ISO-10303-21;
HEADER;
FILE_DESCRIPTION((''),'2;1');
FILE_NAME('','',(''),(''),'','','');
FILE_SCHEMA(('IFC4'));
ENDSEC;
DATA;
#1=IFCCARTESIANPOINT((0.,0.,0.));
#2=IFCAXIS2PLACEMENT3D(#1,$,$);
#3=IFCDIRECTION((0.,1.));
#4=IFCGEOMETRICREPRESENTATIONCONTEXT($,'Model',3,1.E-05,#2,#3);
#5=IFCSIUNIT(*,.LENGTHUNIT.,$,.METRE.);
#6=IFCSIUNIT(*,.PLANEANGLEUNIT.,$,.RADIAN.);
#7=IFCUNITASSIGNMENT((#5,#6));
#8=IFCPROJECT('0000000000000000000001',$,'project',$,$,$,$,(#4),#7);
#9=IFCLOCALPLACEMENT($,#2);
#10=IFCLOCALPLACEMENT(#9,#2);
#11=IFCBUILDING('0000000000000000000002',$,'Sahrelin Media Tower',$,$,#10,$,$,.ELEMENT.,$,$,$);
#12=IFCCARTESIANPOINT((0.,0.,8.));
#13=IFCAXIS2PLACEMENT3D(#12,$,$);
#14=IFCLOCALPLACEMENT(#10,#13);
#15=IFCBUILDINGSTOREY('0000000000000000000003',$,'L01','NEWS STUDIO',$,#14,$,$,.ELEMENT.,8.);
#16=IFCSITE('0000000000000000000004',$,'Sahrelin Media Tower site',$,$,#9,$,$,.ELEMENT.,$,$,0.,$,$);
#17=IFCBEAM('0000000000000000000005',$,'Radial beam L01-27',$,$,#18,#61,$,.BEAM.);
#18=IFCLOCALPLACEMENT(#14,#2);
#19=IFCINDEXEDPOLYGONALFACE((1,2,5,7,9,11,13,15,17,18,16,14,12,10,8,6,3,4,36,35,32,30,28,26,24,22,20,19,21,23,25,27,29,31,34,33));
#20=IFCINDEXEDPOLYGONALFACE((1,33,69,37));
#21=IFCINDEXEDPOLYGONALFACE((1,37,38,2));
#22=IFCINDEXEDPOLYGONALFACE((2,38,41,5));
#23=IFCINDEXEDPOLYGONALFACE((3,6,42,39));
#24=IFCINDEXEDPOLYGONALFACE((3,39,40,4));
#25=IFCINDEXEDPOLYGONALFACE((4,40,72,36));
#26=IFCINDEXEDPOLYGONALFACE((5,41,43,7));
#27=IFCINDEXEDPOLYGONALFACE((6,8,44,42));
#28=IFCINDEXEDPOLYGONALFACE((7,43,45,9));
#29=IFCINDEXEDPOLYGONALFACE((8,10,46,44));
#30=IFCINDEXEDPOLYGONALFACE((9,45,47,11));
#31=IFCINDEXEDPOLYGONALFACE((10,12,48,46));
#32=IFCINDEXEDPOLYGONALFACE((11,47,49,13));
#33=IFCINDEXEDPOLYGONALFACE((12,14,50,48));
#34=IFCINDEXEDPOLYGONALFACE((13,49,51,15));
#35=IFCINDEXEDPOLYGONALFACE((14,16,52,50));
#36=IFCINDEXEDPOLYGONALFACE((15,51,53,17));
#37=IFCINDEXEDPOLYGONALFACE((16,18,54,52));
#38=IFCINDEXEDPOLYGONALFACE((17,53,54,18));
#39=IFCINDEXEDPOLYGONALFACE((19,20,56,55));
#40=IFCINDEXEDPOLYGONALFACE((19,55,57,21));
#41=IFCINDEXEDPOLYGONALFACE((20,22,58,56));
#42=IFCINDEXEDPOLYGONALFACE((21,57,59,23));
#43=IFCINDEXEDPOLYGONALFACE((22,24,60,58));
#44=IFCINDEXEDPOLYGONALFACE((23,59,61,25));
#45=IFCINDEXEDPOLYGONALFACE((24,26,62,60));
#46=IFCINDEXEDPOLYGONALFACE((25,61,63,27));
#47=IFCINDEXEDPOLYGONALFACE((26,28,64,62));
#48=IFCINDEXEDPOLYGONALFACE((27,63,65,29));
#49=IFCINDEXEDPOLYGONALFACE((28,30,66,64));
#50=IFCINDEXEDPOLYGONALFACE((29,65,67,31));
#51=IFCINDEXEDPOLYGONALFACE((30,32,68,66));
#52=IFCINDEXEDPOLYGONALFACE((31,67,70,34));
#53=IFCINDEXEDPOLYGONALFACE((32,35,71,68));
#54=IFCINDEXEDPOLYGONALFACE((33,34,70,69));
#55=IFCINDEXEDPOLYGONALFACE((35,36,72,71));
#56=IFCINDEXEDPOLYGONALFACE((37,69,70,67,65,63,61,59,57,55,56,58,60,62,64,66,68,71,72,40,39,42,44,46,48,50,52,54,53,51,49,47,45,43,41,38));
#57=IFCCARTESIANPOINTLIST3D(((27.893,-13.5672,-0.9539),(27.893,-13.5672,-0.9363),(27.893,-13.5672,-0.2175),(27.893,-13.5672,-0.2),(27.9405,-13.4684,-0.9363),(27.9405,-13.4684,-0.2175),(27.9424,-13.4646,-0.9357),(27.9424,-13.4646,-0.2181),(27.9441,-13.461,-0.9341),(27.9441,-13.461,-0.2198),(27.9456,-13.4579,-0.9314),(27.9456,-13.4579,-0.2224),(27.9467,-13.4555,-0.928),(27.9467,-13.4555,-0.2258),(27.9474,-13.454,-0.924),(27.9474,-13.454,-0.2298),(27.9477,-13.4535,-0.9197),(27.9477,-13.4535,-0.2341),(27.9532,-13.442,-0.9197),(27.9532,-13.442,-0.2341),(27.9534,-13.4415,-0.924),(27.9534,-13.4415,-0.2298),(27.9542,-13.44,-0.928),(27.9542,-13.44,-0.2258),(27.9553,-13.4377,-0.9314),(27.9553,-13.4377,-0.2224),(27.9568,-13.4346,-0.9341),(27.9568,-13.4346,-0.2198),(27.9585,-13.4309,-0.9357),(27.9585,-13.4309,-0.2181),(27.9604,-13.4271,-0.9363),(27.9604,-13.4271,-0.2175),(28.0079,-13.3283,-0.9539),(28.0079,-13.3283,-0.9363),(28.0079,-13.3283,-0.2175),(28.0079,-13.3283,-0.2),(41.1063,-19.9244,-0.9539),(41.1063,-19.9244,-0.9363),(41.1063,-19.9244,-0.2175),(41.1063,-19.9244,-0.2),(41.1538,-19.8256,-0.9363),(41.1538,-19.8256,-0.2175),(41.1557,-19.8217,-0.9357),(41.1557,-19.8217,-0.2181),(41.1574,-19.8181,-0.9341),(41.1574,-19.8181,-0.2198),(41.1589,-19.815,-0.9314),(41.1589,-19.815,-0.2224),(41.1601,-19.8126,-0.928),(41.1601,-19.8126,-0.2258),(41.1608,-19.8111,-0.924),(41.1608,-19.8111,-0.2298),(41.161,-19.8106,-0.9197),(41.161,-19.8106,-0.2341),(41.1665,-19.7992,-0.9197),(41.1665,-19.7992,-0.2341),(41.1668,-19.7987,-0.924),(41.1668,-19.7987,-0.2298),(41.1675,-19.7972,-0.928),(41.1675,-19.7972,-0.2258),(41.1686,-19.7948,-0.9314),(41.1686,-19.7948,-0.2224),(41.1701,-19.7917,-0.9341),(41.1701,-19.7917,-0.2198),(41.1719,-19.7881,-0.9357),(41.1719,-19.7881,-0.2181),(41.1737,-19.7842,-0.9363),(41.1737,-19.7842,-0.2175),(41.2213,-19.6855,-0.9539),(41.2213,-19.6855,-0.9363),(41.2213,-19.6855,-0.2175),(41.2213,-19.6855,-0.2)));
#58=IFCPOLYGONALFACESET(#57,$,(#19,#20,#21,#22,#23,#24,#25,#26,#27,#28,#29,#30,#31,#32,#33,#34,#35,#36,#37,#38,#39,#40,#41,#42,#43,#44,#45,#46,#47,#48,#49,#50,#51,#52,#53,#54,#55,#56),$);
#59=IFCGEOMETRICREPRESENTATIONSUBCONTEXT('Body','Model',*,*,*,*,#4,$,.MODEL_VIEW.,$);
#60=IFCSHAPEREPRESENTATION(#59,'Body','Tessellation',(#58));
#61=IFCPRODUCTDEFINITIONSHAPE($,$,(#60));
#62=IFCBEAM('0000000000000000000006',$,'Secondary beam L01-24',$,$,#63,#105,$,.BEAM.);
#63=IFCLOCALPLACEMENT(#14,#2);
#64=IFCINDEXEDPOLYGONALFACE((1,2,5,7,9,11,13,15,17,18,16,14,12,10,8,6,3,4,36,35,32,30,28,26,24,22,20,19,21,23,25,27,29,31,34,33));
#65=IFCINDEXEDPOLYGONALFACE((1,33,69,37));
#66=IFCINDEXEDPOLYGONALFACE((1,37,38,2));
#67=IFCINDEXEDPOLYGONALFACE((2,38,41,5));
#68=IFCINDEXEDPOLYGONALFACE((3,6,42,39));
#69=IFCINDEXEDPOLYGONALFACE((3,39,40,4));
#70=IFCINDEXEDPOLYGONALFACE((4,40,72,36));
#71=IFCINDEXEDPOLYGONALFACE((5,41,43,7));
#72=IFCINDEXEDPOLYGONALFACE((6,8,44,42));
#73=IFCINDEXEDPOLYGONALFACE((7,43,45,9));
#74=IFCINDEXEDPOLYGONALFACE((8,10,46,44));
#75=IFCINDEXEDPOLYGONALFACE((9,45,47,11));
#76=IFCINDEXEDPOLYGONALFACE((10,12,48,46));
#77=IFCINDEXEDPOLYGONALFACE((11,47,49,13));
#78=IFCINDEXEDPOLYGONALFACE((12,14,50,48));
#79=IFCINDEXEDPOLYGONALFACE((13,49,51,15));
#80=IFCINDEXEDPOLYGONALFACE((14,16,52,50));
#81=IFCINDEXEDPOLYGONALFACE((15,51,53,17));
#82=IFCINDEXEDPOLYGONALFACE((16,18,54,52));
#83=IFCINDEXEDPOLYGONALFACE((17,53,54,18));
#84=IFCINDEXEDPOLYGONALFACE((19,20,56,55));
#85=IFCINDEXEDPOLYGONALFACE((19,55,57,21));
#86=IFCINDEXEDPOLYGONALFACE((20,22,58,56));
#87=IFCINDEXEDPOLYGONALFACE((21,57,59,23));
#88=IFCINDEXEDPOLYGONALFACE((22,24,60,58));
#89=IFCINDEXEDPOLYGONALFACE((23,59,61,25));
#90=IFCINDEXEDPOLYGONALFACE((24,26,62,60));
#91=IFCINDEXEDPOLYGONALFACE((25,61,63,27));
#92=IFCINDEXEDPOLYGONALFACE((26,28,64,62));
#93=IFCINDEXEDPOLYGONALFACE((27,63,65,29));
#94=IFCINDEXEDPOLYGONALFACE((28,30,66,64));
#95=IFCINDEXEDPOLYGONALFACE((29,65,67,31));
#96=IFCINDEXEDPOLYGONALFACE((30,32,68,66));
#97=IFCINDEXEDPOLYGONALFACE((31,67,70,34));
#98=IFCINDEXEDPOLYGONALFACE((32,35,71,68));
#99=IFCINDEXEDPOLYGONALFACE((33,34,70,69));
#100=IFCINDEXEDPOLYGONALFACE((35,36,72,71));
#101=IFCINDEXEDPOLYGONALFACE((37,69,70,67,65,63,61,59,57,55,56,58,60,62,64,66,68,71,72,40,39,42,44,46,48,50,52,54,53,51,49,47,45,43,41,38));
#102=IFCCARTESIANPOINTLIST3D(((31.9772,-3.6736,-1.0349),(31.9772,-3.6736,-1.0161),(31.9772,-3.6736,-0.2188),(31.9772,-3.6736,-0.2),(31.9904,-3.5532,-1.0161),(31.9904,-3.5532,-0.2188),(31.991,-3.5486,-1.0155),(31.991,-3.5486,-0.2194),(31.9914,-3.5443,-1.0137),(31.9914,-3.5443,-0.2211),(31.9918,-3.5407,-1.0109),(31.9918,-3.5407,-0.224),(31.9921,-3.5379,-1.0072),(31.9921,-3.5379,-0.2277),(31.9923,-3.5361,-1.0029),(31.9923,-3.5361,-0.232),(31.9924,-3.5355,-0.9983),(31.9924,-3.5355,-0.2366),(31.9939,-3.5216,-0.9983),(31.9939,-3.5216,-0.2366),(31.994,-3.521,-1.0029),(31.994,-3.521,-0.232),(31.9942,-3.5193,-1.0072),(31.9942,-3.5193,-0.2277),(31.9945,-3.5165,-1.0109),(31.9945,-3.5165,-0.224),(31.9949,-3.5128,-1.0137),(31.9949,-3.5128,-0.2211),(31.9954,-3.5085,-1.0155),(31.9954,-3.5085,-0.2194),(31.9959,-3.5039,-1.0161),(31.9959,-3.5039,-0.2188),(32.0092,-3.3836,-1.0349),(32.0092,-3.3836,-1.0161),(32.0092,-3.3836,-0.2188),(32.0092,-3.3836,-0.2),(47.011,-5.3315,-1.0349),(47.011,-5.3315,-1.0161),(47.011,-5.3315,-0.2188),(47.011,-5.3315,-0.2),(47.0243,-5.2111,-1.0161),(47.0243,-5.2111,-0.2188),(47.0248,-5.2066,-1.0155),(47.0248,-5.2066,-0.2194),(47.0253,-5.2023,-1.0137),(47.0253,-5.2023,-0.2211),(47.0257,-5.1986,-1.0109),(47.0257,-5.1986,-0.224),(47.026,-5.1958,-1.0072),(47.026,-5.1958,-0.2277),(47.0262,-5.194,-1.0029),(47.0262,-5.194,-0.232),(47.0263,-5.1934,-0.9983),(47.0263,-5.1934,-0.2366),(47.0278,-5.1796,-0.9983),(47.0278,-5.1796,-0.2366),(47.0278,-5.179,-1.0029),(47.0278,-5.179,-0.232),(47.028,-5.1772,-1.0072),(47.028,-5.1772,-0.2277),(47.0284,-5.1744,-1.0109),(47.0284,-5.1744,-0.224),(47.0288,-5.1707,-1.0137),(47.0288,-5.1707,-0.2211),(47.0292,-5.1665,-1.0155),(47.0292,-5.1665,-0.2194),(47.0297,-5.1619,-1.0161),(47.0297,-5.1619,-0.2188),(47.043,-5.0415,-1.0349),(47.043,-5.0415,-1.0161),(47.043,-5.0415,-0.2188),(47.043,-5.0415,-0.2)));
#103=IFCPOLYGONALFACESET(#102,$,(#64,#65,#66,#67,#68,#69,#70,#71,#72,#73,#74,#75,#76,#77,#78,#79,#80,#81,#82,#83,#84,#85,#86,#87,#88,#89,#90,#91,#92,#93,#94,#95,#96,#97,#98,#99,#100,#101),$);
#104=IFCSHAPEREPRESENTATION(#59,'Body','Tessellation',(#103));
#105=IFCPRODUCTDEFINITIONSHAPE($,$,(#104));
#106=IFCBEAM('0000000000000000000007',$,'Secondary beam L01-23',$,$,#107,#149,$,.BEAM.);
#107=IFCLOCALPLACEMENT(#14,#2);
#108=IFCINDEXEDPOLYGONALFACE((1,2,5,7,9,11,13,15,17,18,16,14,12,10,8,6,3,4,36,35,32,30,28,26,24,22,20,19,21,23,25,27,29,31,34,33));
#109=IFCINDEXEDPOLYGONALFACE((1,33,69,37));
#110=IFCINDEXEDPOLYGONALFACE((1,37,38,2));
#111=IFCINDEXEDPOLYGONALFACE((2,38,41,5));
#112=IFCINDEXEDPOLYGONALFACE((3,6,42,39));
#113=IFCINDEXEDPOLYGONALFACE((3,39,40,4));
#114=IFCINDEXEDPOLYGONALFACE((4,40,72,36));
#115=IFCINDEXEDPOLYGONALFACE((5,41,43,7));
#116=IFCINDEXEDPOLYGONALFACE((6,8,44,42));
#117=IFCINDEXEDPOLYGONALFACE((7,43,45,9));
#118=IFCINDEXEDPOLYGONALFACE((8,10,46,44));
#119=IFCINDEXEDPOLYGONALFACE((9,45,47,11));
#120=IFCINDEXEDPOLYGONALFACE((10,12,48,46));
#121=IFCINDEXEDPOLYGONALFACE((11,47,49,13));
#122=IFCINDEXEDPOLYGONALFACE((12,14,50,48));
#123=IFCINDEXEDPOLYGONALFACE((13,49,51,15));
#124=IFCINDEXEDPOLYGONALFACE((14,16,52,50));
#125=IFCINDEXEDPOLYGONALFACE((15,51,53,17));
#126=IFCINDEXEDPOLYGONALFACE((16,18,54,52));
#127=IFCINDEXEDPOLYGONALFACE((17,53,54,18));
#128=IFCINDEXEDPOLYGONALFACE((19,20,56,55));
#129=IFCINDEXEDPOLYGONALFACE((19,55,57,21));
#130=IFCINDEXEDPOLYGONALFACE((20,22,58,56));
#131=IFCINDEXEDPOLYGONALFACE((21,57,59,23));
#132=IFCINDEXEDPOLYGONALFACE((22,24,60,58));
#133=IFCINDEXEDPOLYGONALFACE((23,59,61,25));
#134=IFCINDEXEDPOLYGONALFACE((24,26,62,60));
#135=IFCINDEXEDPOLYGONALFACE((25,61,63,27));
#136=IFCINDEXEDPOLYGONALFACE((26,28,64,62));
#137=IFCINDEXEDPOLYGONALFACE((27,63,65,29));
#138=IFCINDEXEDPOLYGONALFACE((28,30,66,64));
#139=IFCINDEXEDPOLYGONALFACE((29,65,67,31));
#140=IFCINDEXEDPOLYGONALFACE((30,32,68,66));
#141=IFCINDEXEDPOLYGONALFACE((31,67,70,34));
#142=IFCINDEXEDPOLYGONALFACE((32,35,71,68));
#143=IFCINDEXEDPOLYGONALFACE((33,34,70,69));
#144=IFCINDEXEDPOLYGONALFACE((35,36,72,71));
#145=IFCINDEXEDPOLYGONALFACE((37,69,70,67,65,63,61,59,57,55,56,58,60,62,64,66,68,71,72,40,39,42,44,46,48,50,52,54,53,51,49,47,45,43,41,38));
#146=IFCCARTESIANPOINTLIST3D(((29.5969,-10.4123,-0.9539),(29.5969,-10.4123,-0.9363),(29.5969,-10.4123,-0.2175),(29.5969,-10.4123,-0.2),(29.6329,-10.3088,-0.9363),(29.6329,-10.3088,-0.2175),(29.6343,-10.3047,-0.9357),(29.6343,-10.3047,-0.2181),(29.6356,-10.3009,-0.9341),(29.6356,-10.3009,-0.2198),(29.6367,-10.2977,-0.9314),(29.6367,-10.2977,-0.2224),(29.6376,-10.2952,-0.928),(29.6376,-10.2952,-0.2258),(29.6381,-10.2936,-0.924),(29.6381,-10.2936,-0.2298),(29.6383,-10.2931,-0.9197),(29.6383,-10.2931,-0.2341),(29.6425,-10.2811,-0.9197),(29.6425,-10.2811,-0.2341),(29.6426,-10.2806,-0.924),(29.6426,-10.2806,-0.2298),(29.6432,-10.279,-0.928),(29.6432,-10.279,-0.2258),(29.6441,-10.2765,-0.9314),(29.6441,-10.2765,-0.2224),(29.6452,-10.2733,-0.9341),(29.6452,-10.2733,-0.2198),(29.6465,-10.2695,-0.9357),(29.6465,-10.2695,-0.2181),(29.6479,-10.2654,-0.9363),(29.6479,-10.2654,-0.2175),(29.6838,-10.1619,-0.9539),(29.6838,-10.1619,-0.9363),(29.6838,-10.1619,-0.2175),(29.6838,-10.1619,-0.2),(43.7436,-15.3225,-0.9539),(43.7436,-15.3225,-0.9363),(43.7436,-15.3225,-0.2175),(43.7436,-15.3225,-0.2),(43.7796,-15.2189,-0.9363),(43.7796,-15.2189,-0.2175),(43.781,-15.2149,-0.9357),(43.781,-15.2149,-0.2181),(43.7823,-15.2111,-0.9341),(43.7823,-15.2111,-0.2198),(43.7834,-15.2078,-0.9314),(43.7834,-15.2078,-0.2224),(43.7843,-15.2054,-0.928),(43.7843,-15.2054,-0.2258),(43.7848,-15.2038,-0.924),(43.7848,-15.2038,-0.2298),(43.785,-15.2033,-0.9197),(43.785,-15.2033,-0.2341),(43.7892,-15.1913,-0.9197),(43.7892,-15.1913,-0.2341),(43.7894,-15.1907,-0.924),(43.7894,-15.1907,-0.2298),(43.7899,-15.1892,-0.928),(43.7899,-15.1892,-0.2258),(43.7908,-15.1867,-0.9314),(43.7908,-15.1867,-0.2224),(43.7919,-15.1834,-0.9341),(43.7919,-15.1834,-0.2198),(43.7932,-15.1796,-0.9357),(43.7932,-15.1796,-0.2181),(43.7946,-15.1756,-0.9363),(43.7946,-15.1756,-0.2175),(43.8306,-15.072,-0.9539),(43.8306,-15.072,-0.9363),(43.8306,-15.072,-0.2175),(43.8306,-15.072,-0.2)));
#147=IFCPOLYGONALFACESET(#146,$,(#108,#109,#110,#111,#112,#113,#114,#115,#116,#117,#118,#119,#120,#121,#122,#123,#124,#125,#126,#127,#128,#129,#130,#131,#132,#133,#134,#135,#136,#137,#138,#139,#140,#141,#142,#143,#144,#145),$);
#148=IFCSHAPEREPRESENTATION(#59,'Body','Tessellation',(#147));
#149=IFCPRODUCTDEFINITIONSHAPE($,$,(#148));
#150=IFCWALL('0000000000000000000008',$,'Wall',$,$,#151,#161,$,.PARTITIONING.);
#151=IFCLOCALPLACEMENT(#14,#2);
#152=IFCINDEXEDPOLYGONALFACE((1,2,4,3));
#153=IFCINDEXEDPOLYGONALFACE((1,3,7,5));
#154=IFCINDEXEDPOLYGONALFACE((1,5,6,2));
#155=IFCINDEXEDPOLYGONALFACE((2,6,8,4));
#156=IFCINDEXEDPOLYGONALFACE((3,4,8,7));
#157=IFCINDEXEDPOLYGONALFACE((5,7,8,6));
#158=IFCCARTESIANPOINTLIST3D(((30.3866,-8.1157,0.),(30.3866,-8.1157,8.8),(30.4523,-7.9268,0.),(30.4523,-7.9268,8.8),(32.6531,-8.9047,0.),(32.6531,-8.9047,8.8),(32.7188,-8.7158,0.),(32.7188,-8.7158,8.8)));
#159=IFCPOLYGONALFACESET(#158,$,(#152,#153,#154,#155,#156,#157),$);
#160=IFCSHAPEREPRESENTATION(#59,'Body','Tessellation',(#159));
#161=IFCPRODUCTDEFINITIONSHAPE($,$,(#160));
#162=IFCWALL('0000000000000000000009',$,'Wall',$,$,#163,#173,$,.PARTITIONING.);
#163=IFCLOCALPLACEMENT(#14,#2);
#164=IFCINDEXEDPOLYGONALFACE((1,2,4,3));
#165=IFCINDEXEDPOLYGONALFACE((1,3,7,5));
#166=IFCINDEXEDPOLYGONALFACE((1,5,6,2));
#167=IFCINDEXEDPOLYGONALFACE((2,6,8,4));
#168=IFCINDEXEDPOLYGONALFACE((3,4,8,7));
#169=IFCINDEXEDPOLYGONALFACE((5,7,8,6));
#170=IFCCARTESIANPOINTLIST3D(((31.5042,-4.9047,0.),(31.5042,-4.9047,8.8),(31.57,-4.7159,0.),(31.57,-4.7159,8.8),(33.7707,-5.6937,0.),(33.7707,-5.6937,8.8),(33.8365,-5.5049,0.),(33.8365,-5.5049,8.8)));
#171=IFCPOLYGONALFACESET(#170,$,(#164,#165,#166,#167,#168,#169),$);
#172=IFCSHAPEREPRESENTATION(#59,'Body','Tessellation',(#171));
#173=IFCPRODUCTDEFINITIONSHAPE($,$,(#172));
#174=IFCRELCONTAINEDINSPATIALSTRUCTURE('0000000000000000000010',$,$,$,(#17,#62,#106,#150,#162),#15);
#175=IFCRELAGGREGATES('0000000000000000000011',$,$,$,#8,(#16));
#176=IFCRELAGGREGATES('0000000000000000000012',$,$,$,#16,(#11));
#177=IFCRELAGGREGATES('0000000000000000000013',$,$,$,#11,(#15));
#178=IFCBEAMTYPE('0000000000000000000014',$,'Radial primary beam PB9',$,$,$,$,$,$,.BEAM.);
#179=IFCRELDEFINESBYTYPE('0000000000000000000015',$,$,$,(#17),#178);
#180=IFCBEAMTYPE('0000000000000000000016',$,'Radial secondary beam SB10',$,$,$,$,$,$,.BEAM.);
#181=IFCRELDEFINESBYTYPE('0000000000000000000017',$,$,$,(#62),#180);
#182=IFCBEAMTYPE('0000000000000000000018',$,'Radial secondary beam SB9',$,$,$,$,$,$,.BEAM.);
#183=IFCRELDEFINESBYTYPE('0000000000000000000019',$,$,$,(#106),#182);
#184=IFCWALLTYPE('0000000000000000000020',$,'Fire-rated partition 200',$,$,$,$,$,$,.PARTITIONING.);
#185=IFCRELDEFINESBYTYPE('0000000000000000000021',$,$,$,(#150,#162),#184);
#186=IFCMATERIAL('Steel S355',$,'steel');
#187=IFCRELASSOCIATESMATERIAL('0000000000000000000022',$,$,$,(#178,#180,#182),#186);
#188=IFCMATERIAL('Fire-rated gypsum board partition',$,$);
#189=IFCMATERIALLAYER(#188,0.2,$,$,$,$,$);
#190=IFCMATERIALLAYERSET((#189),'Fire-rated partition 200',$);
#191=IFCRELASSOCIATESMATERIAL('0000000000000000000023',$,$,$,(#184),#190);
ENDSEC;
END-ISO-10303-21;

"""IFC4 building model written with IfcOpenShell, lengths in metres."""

from ifc_helpers import new_model, si_unit, direction, frame, frame_2d, origin, origin_2d, place, context, subcontext, project, spatial, rectangle, i_section, extrude, material, layer, layer_set, material_profile, profile_set, type_object, element, save


model = new_model("IFC4")

# Units and contexts
model_context = context("Model", 3, precision=1e-05, world=origin(), true_north=direction((0.0, 1.0)))
body_context = subcontext(model_context, "Body", "Model", "MODEL_VIEW")
ifc_project = project(units=[si_unit("LENGTHUNIT", "METRE"), si_unit("PLANEANGLEUNIT", "RADIAN")], contexts=[model_context])

# Site, building, storey
site_placement = place(None, origin())
site = spatial("IfcSite", under=ifc_project, at=site_placement, Name="Sahrelin Media Tower site", CompositionType="ELEMENT", RefElevation=0.0)
building_placement = place(site_placement, origin())
building = spatial("IfcBuilding", under=site, at=building_placement, Name="Sahrelin Media Tower", CompositionType="ELEMENT")
storey_placement = place(building_placement, frame((0.0, 0.0, 8.0)))
storey = spatial("IfcBuildingStorey", under=building, at=storey_placement, Name="L01", Description="NEWS STUDIO", CompositionType="ELEMENT", Elevation=8.0)

# Beams
ifc_material_1 = material(Name="Steel S355", Category="steel")
ifc_material_profile_1 = material_profile(ifc_material_1, i_section(OverallWidth=0.2651, OverallDepth=0.7539, WebThickness=0.0127, FlangeThickness=0.0176, FilletRadius=0.0166, at=origin_2d()), Name="UB 762x267x147")
ifc_profile_set_1 = profile_set([ifc_material_profile_1], Name="Steel S355")
beam_type_1 = type_object("IfcBeamType", Name="Radial primary beam PB9", PredefinedType="BEAM", material=ifc_profile_set_1)
beam_1_placement = place(storey_placement, frame((27.9504, -13.4478, -0.5769), z_axis=(0.90113, -0.433549, 0.0), x_axis=(0.433549, 0.90113, 0.0)))
element("IfcBeam", 1, at=beam_1_placement, inside=storey, type_object=beam_type_1, Name="Radial beam L01-27", PredefinedType="BEAM", context=body_context, shape_type="SweptSolid", body=[
    extrude(i_section(OverallWidth=0.2651, OverallDepth=0.7539, WebThickness=0.0127, FlangeThickness=0.0176, FilletRadius=0.0166, at=origin_2d()), origin(), (0.0, 0.0, 1.0), 14.6631),
])
ifc_material_profile_2 = material_profile(ifc_material_1, i_section(OverallWidth=0.2917, OverallDepth=0.835, WebThickness=0.0139, FlangeThickness=0.0188, FilletRadius=0.0178, at=origin_2d()), Name="UB 838x292x176")
ifc_profile_set_2 = profile_set([ifc_material_profile_2], Name="Steel S355")
beam_type_2 = type_object("IfcBeamType", Name="Radial secondary beam SB10", PredefinedType="BEAM", material=ifc_profile_set_2)
beam_2_placement = place(storey_placement, frame((31.9932, -3.5286, -0.6174), z_axis=(0.993974, -0.109617, 0.0), x_axis=(0.109617, 0.993974, 0.0)))
element("IfcBeam", 2, at=beam_2_placement, inside=storey, type_object=beam_type_2, Name="Secondary beam L01-24", PredefinedType="BEAM", context=body_context, shape_type="SweptSolid", body=[
    extrude(i_section(OverallWidth=0.2917, OverallDepth=0.835, WebThickness=0.0139, FlangeThickness=0.0188, FilletRadius=0.0178, at=origin_2d()), origin(), (0.0, 0.0, 1.0), 15.125),
])
ifc_material_profile_3 = material_profile(ifc_material_1, i_section(OverallWidth=0.2651, OverallDepth=0.7539, WebThickness=0.0127, FlangeThickness=0.0176, FilletRadius=0.0166, at=origin_2d()), Name="UB 762x267x147")
ifc_profile_set_3 = profile_set([ifc_material_profile_3], Name="Steel S355")
beam_type_3 = type_object("IfcBeamType", Name="Radial secondary beam SB9", PredefinedType="BEAM", material=ifc_profile_set_3)
beam_3_placement = place(storey_placement, frame((29.6404, -10.2871, -0.5769), z_axis=(0.944713, -0.327898, 0.0), x_axis=(0.327898, 0.944713, 0.0)))
element("IfcBeam", 3, at=beam_3_placement, inside=storey, type_object=beam_type_3, Name="Secondary beam L01-23", PredefinedType="BEAM", context=body_context, shape_type="SweptSolid", body=[
    extrude(i_section(OverallWidth=0.2651, OverallDepth=0.7539, WebThickness=0.0127, FlangeThickness=0.0176, FilletRadius=0.0166, at=origin_2d()), origin(), (0.0, 0.0, 1.0), 14.9746),
])

# Walls
ifc_material_2 = material(Name="Fire-rated gypsum board partition")
ifc_layer_1 = layer(ifc_material_2, 0.2)
ifc_layer_set_1 = layer_set([ifc_layer_1], Name="Fire-rated partition 200")
wall_type_1 = type_object("IfcWallType", Name="Fire-rated partition 200", PredefinedType="PARTITIONING", material=ifc_layer_set_1)
for number, where, z_axis, x_axis, name in (
    (4, (30.4194, -8.0212, 0.0), (0.0, 0.0, 1.0), (0.944409, -0.328773, 0.0), "Wall"),
    (5, (31.5371, -4.8103, 0.0), (0.0, 0.0, 1.0), (0.944409, -0.328773, 0.0), "Wall"),
):
    element("IfcWall", number, at=place(storey_placement, frame(where, z_axis=z_axis, x_axis=x_axis)), inside=storey, type_object=wall_type_1, Name=name, PredefinedType="PARTITIONING", context=body_context, shape_type="SweptSolid", body=[
        extrude(rectangle(XDim=2.3999, YDim=0.2, at=frame_2d((1.2, 0.0))), origin(), (0.0, 0.0, 1.0), 8.8),
    ])

save(model, "model.ifc")
